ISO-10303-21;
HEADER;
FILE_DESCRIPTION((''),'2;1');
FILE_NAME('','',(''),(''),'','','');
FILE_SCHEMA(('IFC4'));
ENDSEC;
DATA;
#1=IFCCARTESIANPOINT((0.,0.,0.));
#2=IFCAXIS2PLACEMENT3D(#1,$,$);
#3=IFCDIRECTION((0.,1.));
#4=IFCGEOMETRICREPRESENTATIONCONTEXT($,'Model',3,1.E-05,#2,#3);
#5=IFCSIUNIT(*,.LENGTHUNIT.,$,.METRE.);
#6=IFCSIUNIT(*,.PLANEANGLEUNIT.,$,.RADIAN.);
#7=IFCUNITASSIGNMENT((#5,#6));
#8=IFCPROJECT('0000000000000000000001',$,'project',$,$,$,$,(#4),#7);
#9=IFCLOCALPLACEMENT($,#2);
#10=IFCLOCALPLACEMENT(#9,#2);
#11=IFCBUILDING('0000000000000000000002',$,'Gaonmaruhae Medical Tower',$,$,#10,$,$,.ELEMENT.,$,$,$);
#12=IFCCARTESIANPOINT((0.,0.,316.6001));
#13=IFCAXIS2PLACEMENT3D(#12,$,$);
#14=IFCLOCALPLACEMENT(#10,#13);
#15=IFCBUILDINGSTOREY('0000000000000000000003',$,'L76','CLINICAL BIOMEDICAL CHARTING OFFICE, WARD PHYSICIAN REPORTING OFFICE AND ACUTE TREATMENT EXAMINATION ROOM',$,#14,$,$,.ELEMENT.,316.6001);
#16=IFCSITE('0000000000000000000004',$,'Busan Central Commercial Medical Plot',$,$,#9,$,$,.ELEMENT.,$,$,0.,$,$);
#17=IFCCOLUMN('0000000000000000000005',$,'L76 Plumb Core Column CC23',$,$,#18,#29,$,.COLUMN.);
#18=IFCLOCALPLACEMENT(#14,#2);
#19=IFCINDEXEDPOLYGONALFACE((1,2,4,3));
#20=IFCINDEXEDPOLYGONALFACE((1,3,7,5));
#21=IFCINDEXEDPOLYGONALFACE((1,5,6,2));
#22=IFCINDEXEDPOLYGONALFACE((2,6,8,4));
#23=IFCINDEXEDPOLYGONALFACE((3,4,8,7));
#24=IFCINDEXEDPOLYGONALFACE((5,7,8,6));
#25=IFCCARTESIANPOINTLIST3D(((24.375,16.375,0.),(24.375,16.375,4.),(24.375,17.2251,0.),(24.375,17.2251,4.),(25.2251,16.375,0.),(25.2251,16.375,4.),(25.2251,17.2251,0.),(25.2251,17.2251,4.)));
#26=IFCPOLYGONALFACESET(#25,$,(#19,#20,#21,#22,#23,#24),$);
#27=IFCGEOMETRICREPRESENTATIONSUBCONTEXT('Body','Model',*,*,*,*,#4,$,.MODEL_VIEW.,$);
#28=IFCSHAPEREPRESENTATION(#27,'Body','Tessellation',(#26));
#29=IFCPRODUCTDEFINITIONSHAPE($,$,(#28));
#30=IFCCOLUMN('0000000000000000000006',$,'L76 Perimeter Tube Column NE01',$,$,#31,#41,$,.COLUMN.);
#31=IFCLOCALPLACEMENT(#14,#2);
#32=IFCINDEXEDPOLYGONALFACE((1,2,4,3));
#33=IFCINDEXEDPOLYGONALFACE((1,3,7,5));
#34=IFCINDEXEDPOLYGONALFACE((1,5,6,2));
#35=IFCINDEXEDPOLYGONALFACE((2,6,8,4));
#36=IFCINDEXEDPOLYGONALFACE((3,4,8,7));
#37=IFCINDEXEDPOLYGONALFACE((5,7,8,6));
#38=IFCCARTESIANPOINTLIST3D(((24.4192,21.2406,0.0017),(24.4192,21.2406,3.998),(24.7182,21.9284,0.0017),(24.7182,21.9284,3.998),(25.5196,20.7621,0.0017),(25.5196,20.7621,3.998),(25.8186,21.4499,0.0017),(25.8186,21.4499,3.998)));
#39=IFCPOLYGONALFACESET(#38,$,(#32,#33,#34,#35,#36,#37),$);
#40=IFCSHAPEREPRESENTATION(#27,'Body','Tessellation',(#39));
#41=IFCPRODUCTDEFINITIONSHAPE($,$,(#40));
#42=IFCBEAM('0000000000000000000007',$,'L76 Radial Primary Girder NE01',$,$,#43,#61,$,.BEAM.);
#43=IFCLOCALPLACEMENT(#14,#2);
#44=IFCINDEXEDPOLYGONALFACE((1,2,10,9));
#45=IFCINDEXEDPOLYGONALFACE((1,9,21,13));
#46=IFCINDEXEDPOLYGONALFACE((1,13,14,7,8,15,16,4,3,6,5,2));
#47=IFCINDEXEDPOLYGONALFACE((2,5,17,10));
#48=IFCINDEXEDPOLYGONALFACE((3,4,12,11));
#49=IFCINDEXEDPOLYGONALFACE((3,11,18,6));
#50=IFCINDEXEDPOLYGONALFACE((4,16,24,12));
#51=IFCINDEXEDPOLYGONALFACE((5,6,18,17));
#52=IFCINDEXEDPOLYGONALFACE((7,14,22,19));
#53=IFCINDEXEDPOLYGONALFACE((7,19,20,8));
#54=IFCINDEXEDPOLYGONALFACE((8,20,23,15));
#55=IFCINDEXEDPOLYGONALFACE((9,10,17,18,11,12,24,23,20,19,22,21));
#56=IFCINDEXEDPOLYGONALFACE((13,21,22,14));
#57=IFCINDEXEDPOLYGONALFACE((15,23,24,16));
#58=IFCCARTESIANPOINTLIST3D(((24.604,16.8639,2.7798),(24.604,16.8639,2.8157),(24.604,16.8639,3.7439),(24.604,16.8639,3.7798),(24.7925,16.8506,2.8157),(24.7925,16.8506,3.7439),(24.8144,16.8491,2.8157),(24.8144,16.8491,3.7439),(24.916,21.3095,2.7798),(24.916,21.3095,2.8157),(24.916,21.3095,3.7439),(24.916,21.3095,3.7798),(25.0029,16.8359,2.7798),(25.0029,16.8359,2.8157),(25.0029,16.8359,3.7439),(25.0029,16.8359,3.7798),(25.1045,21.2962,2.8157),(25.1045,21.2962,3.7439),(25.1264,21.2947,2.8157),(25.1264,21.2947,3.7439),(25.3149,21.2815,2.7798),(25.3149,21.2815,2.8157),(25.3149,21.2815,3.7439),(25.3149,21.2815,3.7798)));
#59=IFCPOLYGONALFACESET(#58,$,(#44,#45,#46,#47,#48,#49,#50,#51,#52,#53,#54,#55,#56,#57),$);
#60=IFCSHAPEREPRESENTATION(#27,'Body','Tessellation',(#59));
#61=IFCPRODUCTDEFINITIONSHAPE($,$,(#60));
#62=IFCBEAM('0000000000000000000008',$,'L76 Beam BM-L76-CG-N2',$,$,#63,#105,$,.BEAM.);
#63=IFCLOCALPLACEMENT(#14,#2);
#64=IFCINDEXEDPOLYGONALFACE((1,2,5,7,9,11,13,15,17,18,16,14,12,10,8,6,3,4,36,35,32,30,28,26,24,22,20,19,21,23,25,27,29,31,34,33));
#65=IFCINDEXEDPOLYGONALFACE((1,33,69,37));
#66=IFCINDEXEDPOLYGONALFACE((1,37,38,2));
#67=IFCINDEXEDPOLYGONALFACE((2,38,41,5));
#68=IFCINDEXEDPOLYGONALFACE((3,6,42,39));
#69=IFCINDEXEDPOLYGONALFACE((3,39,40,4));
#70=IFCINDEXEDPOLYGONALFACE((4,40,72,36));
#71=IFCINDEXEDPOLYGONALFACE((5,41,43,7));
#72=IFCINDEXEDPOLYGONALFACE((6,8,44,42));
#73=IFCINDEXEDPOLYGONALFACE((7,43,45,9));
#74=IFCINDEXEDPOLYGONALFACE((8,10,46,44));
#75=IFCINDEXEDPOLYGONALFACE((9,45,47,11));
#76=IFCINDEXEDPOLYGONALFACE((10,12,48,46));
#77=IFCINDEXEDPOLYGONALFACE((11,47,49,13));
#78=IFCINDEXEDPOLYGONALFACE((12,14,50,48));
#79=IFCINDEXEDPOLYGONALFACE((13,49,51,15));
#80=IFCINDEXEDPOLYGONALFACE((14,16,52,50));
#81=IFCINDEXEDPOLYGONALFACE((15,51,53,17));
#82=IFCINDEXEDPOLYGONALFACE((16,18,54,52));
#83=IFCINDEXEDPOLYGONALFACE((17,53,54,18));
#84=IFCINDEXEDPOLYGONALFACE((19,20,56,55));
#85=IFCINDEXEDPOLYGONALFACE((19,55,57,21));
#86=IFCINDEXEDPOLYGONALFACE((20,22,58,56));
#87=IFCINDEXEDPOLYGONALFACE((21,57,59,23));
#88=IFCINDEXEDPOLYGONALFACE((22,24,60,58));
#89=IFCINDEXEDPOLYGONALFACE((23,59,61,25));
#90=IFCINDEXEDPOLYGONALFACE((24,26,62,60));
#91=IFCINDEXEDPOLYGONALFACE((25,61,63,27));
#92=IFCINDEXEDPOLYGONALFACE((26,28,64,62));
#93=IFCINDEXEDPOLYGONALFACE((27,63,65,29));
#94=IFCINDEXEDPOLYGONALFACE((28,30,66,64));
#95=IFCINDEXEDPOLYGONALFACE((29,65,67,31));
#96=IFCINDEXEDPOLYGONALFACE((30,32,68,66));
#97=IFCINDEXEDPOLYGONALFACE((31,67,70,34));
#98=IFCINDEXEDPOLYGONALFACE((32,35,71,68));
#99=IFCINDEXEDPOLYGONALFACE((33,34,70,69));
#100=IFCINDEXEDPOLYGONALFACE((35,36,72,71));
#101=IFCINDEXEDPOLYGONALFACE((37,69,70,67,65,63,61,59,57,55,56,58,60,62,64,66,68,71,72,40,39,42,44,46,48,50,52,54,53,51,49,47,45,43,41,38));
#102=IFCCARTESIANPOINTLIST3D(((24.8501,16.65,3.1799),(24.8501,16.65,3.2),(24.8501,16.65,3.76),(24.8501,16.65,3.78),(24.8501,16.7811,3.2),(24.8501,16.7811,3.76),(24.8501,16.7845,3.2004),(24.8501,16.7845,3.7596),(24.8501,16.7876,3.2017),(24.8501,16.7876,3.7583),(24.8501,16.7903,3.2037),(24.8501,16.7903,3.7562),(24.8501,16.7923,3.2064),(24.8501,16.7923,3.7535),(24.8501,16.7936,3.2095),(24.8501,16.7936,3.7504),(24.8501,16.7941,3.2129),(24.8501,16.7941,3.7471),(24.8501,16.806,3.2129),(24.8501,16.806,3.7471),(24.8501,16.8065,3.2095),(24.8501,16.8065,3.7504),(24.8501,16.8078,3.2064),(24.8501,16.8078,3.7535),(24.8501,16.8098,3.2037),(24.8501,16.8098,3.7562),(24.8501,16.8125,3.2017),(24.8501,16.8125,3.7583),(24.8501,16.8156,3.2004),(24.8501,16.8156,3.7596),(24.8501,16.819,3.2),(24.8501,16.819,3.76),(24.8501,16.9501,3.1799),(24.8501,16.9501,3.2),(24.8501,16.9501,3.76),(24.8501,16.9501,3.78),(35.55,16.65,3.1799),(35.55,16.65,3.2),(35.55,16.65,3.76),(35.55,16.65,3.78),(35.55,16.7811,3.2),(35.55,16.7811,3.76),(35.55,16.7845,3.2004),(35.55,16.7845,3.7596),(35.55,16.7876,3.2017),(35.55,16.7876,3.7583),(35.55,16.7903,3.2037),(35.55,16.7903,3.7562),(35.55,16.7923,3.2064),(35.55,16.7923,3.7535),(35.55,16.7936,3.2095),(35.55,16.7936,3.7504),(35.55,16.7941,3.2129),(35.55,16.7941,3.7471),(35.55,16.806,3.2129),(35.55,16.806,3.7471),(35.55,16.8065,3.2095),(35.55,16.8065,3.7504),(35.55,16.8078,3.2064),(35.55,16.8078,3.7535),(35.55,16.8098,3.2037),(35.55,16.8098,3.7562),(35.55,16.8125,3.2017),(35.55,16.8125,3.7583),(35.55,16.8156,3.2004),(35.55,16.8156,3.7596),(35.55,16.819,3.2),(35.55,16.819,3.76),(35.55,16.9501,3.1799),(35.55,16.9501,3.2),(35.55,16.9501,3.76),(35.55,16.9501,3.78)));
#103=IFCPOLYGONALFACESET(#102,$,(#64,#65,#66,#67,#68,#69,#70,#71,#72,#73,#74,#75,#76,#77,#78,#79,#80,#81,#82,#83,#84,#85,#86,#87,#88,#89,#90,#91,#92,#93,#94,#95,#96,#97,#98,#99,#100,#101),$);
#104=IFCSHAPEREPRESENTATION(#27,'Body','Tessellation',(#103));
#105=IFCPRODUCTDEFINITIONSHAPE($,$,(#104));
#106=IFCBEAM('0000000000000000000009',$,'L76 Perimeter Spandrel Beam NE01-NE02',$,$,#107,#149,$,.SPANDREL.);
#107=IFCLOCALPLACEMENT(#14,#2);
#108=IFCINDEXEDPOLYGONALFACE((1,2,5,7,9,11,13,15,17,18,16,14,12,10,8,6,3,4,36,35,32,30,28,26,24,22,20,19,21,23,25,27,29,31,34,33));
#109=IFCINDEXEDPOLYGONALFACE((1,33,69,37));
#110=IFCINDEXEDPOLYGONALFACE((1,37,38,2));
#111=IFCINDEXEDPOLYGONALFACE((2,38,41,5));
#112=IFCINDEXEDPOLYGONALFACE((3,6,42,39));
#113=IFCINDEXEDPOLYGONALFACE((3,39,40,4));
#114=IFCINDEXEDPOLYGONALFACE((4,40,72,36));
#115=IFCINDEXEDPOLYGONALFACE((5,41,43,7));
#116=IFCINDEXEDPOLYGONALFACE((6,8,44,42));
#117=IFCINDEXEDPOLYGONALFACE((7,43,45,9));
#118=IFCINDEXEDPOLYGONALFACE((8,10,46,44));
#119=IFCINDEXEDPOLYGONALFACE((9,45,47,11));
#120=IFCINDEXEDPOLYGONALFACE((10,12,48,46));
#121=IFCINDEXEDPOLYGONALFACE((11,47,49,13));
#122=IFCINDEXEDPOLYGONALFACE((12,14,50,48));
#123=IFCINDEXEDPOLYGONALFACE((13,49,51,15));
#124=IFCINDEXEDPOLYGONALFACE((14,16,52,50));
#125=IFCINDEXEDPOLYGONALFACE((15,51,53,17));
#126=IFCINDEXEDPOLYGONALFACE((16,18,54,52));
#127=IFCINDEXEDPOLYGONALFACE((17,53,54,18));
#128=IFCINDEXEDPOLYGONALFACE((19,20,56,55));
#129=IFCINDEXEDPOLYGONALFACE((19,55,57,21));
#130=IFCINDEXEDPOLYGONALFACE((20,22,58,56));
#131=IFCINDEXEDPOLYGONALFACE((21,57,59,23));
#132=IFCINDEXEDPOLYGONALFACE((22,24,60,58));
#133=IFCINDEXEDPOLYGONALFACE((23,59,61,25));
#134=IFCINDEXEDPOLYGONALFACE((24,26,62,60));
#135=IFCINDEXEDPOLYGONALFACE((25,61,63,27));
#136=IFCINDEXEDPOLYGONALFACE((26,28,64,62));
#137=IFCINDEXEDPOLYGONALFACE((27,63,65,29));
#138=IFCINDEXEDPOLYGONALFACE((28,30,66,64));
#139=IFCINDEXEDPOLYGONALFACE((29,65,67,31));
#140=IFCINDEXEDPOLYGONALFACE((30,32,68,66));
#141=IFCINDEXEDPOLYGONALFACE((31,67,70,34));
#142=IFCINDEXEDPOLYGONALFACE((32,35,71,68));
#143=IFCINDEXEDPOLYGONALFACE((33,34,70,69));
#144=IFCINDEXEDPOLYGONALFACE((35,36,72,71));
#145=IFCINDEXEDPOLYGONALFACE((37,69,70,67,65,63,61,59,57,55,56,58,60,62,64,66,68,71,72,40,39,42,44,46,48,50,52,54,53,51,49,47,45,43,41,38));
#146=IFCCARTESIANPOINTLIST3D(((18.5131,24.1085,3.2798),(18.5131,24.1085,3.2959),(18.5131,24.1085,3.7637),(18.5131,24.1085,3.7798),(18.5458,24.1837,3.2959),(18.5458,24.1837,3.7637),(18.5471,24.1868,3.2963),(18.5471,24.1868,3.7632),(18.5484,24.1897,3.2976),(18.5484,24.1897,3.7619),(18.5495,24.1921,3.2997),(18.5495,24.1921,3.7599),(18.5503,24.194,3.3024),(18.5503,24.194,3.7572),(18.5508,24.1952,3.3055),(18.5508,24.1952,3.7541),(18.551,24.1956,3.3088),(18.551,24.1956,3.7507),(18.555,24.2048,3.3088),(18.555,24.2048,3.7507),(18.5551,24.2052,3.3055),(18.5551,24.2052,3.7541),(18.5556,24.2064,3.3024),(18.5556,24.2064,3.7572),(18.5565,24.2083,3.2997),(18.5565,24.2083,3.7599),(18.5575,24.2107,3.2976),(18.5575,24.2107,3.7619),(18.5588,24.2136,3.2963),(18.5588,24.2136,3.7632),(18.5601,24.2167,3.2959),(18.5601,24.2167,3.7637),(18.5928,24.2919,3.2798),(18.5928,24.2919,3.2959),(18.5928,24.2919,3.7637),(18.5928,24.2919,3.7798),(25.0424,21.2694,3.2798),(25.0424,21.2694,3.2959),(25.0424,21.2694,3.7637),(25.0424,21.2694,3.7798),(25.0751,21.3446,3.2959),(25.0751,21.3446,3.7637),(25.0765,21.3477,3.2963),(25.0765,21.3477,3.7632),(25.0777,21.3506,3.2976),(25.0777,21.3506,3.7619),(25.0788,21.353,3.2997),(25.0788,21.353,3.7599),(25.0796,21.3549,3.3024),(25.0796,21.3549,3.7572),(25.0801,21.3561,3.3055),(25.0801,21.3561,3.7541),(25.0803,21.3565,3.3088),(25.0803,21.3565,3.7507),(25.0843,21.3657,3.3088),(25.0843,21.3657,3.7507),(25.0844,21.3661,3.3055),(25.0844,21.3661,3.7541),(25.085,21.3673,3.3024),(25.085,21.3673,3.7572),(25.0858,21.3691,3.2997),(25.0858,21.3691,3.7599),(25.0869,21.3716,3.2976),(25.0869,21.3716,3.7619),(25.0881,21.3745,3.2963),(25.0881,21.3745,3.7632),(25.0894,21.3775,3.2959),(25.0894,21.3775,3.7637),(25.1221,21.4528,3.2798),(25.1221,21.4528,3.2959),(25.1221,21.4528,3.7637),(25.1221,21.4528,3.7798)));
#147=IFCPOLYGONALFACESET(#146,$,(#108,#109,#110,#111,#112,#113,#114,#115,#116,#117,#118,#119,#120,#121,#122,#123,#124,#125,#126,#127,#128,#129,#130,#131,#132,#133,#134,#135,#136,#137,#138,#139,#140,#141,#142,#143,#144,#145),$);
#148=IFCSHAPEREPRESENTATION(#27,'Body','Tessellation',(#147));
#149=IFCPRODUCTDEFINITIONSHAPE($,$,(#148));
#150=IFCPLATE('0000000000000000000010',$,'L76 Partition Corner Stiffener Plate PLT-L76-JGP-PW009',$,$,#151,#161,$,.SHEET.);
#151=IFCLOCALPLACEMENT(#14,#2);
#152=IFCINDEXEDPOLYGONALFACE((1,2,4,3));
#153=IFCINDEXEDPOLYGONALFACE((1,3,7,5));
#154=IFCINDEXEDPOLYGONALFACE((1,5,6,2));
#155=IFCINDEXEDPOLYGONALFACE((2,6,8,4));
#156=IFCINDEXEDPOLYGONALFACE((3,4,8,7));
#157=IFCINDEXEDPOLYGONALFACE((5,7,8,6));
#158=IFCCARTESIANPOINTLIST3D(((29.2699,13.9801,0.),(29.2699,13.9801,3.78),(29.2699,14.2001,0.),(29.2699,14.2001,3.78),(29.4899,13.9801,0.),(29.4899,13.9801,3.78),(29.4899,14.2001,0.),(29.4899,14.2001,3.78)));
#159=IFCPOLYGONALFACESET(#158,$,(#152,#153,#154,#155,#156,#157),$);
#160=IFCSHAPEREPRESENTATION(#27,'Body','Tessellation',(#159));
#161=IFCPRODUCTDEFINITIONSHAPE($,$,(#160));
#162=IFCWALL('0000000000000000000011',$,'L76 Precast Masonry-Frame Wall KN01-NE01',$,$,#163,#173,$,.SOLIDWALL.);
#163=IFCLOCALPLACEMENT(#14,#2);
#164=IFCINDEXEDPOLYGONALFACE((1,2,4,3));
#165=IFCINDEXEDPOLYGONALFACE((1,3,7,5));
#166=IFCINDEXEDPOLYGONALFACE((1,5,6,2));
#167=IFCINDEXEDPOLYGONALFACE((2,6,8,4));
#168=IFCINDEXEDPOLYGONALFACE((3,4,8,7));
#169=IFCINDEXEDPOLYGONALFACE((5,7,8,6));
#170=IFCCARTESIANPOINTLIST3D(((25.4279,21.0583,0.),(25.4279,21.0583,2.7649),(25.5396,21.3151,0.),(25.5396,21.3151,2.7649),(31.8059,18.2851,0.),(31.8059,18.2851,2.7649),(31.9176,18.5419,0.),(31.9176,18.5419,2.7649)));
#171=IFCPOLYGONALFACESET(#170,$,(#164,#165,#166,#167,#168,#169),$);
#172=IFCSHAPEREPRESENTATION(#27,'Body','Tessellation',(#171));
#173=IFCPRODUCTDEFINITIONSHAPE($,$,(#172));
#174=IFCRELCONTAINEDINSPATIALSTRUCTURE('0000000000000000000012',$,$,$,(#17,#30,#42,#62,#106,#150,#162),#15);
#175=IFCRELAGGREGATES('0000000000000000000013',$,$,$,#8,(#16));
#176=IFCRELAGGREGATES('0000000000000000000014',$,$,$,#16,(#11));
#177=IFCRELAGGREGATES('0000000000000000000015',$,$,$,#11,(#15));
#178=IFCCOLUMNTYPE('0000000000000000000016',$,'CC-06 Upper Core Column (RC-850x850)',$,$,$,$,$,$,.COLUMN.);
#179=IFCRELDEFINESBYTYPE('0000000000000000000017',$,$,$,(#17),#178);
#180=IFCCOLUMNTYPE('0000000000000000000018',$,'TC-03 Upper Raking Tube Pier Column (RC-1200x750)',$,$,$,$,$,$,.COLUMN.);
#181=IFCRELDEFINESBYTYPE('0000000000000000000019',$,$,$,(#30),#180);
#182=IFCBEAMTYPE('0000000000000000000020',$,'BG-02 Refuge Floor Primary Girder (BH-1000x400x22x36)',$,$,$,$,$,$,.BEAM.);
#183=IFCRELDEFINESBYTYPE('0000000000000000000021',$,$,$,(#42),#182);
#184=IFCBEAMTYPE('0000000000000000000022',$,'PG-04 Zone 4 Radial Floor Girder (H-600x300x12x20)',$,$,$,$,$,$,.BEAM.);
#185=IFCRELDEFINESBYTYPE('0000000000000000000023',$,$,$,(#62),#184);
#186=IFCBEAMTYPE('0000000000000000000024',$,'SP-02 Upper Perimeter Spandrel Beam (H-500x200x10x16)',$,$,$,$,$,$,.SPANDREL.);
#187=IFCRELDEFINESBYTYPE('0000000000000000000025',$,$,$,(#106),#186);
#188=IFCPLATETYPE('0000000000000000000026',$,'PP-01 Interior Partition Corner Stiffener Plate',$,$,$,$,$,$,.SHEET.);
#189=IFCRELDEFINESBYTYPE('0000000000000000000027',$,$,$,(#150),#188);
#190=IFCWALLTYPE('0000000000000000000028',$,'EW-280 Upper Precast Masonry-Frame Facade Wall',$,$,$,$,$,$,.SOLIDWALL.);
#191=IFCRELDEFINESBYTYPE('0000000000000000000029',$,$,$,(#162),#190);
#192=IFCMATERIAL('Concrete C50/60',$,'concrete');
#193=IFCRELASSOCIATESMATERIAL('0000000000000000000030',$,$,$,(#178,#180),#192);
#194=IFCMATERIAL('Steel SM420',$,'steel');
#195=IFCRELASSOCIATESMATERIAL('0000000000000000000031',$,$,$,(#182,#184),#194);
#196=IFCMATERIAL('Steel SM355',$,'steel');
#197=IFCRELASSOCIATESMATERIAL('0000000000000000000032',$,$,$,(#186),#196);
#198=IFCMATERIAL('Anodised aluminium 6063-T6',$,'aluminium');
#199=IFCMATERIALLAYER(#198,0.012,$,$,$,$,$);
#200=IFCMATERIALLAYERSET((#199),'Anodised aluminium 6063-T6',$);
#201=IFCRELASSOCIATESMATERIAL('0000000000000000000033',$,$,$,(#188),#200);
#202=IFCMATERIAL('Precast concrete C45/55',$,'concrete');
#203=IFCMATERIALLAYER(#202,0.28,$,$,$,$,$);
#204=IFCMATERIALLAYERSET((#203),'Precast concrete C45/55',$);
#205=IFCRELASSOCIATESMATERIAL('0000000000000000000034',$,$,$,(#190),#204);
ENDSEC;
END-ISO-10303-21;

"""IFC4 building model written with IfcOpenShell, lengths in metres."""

from ifc_helpers import new_model, si_unit, direction, frame, frame_2d, origin, origin_2d, place, context, subcontext, project, spatial, rectangle, i_section, extrude, material, layer, layer_set, material_profile, profile_set, type_object, element, save


model = new_model("IFC4")

# Units and contexts
model_context = context("Model", 3, precision=1e-05, world=origin(), true_north=direction((0.0, 1.0)))
body_context = subcontext(model_context, "Body", "Model", "MODEL_VIEW")
ifc_project = project(units=[si_unit("LENGTHUNIT", "METRE"), si_unit("PLANEANGLEUNIT", "RADIAN")], contexts=[model_context])

# Site, building, storey
site_placement = place(None, origin())
site = spatial("IfcSite", under=ifc_project, at=site_placement, Name="Busan Central Commercial Medical Plot", CompositionType="ELEMENT", RefElevation=0.0)
building_placement = place(site_placement, origin())
building = spatial("IfcBuilding", under=site, at=building_placement, Name="Gaonmaruhae Medical Tower", CompositionType="ELEMENT")
storey_placement = place(building_placement, frame((0.0, 0.0, 316.6001)))
storey = spatial("IfcBuildingStorey", under=building, at=storey_placement, Name="L76", Description="CLINICAL BIOMEDICAL CHARTING OFFICE, WARD PHYSICIAN REPORTING OFFICE AND ACUTE TREATMENT EXAMINATION ROOM", CompositionType="ELEMENT", Elevation=316.6001)

# Columns
ifc_material_1 = material(Name="Concrete C50/60", Category="concrete")
ifc_material_profile_1 = material_profile(ifc_material_1, rectangle(XDim=0.8501, YDim=0.8501, at=origin_2d()), Name="RC-850x850")
ifc_profile_set_1 = profile_set([ifc_material_profile_1], Name="Concrete C50/60")
column_type_1 = type_object("IfcColumnType", Name="CC-06 Upper Core Column (RC-850x850)", PredefinedType="COLUMN", material=ifc_profile_set_1)
column_1_placement = place(storey_placement, frame((24.8, 16.8, 0.0), z_axis=(0.0, 0.0, 1.0), x_axis=(1.0, 0.0, 0.0)))
element("IfcColumn", 1, at=column_1_placement, inside=storey, type_object=column_type_1, Name="L76 Plumb Core Column CC23", PredefinedType="COLUMN", context=body_context, shape_type="SweptSolid", body=[
    extrude(rectangle(XDim=0.8501, YDim=0.8501, at=origin_2d()), origin(), (0.0, 0.0, 1.0), 4.0),
])
ifc_material_profile_2 = material_profile(ifc_material_1, rectangle(XDim=1.2, YDim=0.75, at=origin_2d()), Name="RC-1200x750")
ifc_profile_set_2 = profile_set([ifc_material_profile_2], Name="Concrete C50/60")
column_type_2 = type_object("IfcColumnType", Name="TC-03 Upper Raking Tube Pier Column (RC-1200x750)", PredefinedType="COLUMN", material=ifc_profile_set_2)
column_2_placement = place(storey_placement, frame((25.1189, 21.3452, 0.0017), z_axis=(0.0, 0.0, 1.0), x_axis=(-0.91706, 0.398749, 0.0)))
element("IfcColumn", 2, at=column_2_placement, inside=storey, type_object=column_type_2, Name="L76 Perimeter Tube Column NE01", PredefinedType="COLUMN", context=body_context, shape_type="SweptSolid", body=[
    extrude(rectangle(XDim=1.2, YDim=0.75, at=origin_2d()), origin(), (0.0, 0.0, 1.0), 3.9963),
])

# Beams
ifc_material_2 = material(Name="Steel SM420", Category="steel")
ifc_material_profile_3 = material_profile(ifc_material_2, i_section(OverallWidth=0.3999, OverallDepth=1.0, WebThickness=0.022, FlangeThickness=0.0359, at=origin_2d()), Name="BH-1000x400x22x36")
ifc_profile_set_3 = profile_set([ifc_material_profile_3], Name="Steel SM420")
beam_type_1 = type_object("IfcBeamType", Name="BG-02 Refuge Floor Primary Girder (BH-1000x400x22x36)", PredefinedType="BEAM", material=ifc_profile_set_3)
beam_1_placement = place(storey_placement, frame((24.8035, 16.8499, 3.2798), z_axis=(0.070013, 0.997546, 0.0), x_axis=(-0.997546, 0.070013, 0.0)))
element("IfcBeam", 3, at=beam_1_placement, inside=storey, type_object=beam_type_1, Name="L76 Radial Primary Girder NE01", PredefinedType="BEAM", context=body_context, shape_type="SweptSolid", body=[
    extrude(i_section(OverallWidth=0.3999, OverallDepth=1.0, WebThickness=0.022, FlangeThickness=0.0359, at=origin_2d()), origin(), (0.0, 0.0, 1.0), 4.4565),
])
ifc_material_profile_4 = material_profile(ifc_material_2, i_section(OverallWidth=0.3, OverallDepth=0.6001, WebThickness=0.012, FlangeThickness=0.02, FilletRadius=0.0129, at=origin_2d()), Name="H-600x300x12x20")
ifc_profile_set_4 = profile_set([ifc_material_profile_4], Name="Steel SM420")
beam_type_2 = type_object("IfcBeamType", Name="PG-04 Zone 4 Radial Floor Girder (H-600x300x12x20)", PredefinedType="BEAM", material=ifc_profile_set_4)
beam_2_placement = place(storey_placement, frame((24.8501, 16.8, 3.48), z_axis=(1.0, 0.0, 0.0), x_axis=(0.0, 1.0, 0.0)))
element("IfcBeam", 4, at=beam_2_placement, inside=storey, type_object=beam_type_2, Name="L76 Beam BM-L76-CG-N2", PredefinedType="BEAM", context=body_context, shape_type="SweptSolid", body=[
    extrude(i_section(OverallWidth=0.3, OverallDepth=0.6001, WebThickness=0.012, FlangeThickness=0.02, FilletRadius=0.0129, at=origin_2d()), origin(), (0.0, 0.0, 1.0), 10.7),
])
ifc_material_3 = material(Name="Steel SM355", Category="steel")
ifc_material_profile_5 = material_profile(ifc_material_3, i_section(OverallWidth=0.2, OverallDepth=0.5, WebThickness=0.01, FlangeThickness=0.0161, FilletRadius=0.0129, at=origin_2d()), Name="H-500x200x10x16")
ifc_profile_set_5 = profile_set([ifc_material_profile_5], Name="Steel SM355")
beam_type_3 = type_object("IfcBeamType", Name="SP-02 Upper Perimeter Spandrel Beam (H-500x200x10x16)", PredefinedType="SPANDREL", material=ifc_profile_set_5)
beam_3_placement = place(storey_placement, frame((25.0823, 21.3611, 3.5298), z_axis=(-0.917055, 0.39876, 0.0), x_axis=(-0.39876, -0.917055, 0.0)))
element("IfcBeam", 5, at=beam_3_placement, inside=storey, type_object=beam_type_3, Name="L76 Perimeter Spandrel Beam NE01-NE02", PredefinedType="SPANDREL", context=body_context, shape_type="SweptSolid", body=[
    extrude(i_section(OverallWidth=0.2, OverallDepth=0.5, WebThickness=0.01, FlangeThickness=0.0161, FilletRadius=0.0129, at=origin_2d()), origin(), (0.0, 0.0, 1.0), 7.1199),
])

# Plate
ifc_material_4 = material(Name="Anodised aluminium 6063-T6", Category="aluminium")
ifc_layer_1 = layer(ifc_material_4, 0.012)
ifc_layer_set_1 = layer_set([ifc_layer_1], Name="Anodised aluminium 6063-T6")
plate_type = type_object("IfcPlateType", Name="PP-01 Interior Partition Corner Stiffener Plate", PredefinedType="SHEET", material=ifc_layer_set_1)
plate_placement = place(storey_placement, frame((29.3799, 14.0901, 0.0), z_axis=(0.0, 0.0, 1.0), x_axis=(0.0, -1.0, 0.0)))
element("IfcPlate", 6, at=plate_placement, inside=storey, type_object=plate_type, Name="L76 Partition Corner Stiffener Plate PLT-L76-JGP-PW009", PredefinedType="SHEET", context=body_context, shape_type="SweptSolid", body=[
    extrude(rectangle(XDim=0.22, YDim=0.22, at=origin_2d()), origin(), (0.0, 0.0, 1.0), 3.78),
])

# Wall
ifc_material_5 = material(Name="Precast concrete C45/55", Category="concrete")
ifc_layer_2 = layer(ifc_material_5, 0.28)
ifc_layer_set_2 = layer_set([ifc_layer_2], Name="Precast concrete C45/55")
wall_type_1 = type_object("IfcWallType", Name="EW-280 Upper Precast Masonry-Frame Facade Wall", PredefinedType="SOLIDWALL", material=ifc_layer_set_2)
wall_1_placement = place(storey_placement, frame((25.4836, 21.1868, 0.0), z_axis=(0.0, 0.0, 1.0), x_axis=(0.917061, -0.398748, 0.0)))
element("IfcWall", 7, at=wall_1_placement, inside=storey, type_object=wall_type_1, Name="L76 Precast Masonry-Frame Wall KN01-NE01", PredefinedType="SOLIDWALL", context=body_context, shape_type="SweptSolid", body=[
    extrude(rectangle(XDim=6.9548, YDim=0.28, at=frame_2d((3.4775, 0.0))), origin(), (0.0, 0.0, 1.0), 2.7649),
])

save(model, "model.ifc")
